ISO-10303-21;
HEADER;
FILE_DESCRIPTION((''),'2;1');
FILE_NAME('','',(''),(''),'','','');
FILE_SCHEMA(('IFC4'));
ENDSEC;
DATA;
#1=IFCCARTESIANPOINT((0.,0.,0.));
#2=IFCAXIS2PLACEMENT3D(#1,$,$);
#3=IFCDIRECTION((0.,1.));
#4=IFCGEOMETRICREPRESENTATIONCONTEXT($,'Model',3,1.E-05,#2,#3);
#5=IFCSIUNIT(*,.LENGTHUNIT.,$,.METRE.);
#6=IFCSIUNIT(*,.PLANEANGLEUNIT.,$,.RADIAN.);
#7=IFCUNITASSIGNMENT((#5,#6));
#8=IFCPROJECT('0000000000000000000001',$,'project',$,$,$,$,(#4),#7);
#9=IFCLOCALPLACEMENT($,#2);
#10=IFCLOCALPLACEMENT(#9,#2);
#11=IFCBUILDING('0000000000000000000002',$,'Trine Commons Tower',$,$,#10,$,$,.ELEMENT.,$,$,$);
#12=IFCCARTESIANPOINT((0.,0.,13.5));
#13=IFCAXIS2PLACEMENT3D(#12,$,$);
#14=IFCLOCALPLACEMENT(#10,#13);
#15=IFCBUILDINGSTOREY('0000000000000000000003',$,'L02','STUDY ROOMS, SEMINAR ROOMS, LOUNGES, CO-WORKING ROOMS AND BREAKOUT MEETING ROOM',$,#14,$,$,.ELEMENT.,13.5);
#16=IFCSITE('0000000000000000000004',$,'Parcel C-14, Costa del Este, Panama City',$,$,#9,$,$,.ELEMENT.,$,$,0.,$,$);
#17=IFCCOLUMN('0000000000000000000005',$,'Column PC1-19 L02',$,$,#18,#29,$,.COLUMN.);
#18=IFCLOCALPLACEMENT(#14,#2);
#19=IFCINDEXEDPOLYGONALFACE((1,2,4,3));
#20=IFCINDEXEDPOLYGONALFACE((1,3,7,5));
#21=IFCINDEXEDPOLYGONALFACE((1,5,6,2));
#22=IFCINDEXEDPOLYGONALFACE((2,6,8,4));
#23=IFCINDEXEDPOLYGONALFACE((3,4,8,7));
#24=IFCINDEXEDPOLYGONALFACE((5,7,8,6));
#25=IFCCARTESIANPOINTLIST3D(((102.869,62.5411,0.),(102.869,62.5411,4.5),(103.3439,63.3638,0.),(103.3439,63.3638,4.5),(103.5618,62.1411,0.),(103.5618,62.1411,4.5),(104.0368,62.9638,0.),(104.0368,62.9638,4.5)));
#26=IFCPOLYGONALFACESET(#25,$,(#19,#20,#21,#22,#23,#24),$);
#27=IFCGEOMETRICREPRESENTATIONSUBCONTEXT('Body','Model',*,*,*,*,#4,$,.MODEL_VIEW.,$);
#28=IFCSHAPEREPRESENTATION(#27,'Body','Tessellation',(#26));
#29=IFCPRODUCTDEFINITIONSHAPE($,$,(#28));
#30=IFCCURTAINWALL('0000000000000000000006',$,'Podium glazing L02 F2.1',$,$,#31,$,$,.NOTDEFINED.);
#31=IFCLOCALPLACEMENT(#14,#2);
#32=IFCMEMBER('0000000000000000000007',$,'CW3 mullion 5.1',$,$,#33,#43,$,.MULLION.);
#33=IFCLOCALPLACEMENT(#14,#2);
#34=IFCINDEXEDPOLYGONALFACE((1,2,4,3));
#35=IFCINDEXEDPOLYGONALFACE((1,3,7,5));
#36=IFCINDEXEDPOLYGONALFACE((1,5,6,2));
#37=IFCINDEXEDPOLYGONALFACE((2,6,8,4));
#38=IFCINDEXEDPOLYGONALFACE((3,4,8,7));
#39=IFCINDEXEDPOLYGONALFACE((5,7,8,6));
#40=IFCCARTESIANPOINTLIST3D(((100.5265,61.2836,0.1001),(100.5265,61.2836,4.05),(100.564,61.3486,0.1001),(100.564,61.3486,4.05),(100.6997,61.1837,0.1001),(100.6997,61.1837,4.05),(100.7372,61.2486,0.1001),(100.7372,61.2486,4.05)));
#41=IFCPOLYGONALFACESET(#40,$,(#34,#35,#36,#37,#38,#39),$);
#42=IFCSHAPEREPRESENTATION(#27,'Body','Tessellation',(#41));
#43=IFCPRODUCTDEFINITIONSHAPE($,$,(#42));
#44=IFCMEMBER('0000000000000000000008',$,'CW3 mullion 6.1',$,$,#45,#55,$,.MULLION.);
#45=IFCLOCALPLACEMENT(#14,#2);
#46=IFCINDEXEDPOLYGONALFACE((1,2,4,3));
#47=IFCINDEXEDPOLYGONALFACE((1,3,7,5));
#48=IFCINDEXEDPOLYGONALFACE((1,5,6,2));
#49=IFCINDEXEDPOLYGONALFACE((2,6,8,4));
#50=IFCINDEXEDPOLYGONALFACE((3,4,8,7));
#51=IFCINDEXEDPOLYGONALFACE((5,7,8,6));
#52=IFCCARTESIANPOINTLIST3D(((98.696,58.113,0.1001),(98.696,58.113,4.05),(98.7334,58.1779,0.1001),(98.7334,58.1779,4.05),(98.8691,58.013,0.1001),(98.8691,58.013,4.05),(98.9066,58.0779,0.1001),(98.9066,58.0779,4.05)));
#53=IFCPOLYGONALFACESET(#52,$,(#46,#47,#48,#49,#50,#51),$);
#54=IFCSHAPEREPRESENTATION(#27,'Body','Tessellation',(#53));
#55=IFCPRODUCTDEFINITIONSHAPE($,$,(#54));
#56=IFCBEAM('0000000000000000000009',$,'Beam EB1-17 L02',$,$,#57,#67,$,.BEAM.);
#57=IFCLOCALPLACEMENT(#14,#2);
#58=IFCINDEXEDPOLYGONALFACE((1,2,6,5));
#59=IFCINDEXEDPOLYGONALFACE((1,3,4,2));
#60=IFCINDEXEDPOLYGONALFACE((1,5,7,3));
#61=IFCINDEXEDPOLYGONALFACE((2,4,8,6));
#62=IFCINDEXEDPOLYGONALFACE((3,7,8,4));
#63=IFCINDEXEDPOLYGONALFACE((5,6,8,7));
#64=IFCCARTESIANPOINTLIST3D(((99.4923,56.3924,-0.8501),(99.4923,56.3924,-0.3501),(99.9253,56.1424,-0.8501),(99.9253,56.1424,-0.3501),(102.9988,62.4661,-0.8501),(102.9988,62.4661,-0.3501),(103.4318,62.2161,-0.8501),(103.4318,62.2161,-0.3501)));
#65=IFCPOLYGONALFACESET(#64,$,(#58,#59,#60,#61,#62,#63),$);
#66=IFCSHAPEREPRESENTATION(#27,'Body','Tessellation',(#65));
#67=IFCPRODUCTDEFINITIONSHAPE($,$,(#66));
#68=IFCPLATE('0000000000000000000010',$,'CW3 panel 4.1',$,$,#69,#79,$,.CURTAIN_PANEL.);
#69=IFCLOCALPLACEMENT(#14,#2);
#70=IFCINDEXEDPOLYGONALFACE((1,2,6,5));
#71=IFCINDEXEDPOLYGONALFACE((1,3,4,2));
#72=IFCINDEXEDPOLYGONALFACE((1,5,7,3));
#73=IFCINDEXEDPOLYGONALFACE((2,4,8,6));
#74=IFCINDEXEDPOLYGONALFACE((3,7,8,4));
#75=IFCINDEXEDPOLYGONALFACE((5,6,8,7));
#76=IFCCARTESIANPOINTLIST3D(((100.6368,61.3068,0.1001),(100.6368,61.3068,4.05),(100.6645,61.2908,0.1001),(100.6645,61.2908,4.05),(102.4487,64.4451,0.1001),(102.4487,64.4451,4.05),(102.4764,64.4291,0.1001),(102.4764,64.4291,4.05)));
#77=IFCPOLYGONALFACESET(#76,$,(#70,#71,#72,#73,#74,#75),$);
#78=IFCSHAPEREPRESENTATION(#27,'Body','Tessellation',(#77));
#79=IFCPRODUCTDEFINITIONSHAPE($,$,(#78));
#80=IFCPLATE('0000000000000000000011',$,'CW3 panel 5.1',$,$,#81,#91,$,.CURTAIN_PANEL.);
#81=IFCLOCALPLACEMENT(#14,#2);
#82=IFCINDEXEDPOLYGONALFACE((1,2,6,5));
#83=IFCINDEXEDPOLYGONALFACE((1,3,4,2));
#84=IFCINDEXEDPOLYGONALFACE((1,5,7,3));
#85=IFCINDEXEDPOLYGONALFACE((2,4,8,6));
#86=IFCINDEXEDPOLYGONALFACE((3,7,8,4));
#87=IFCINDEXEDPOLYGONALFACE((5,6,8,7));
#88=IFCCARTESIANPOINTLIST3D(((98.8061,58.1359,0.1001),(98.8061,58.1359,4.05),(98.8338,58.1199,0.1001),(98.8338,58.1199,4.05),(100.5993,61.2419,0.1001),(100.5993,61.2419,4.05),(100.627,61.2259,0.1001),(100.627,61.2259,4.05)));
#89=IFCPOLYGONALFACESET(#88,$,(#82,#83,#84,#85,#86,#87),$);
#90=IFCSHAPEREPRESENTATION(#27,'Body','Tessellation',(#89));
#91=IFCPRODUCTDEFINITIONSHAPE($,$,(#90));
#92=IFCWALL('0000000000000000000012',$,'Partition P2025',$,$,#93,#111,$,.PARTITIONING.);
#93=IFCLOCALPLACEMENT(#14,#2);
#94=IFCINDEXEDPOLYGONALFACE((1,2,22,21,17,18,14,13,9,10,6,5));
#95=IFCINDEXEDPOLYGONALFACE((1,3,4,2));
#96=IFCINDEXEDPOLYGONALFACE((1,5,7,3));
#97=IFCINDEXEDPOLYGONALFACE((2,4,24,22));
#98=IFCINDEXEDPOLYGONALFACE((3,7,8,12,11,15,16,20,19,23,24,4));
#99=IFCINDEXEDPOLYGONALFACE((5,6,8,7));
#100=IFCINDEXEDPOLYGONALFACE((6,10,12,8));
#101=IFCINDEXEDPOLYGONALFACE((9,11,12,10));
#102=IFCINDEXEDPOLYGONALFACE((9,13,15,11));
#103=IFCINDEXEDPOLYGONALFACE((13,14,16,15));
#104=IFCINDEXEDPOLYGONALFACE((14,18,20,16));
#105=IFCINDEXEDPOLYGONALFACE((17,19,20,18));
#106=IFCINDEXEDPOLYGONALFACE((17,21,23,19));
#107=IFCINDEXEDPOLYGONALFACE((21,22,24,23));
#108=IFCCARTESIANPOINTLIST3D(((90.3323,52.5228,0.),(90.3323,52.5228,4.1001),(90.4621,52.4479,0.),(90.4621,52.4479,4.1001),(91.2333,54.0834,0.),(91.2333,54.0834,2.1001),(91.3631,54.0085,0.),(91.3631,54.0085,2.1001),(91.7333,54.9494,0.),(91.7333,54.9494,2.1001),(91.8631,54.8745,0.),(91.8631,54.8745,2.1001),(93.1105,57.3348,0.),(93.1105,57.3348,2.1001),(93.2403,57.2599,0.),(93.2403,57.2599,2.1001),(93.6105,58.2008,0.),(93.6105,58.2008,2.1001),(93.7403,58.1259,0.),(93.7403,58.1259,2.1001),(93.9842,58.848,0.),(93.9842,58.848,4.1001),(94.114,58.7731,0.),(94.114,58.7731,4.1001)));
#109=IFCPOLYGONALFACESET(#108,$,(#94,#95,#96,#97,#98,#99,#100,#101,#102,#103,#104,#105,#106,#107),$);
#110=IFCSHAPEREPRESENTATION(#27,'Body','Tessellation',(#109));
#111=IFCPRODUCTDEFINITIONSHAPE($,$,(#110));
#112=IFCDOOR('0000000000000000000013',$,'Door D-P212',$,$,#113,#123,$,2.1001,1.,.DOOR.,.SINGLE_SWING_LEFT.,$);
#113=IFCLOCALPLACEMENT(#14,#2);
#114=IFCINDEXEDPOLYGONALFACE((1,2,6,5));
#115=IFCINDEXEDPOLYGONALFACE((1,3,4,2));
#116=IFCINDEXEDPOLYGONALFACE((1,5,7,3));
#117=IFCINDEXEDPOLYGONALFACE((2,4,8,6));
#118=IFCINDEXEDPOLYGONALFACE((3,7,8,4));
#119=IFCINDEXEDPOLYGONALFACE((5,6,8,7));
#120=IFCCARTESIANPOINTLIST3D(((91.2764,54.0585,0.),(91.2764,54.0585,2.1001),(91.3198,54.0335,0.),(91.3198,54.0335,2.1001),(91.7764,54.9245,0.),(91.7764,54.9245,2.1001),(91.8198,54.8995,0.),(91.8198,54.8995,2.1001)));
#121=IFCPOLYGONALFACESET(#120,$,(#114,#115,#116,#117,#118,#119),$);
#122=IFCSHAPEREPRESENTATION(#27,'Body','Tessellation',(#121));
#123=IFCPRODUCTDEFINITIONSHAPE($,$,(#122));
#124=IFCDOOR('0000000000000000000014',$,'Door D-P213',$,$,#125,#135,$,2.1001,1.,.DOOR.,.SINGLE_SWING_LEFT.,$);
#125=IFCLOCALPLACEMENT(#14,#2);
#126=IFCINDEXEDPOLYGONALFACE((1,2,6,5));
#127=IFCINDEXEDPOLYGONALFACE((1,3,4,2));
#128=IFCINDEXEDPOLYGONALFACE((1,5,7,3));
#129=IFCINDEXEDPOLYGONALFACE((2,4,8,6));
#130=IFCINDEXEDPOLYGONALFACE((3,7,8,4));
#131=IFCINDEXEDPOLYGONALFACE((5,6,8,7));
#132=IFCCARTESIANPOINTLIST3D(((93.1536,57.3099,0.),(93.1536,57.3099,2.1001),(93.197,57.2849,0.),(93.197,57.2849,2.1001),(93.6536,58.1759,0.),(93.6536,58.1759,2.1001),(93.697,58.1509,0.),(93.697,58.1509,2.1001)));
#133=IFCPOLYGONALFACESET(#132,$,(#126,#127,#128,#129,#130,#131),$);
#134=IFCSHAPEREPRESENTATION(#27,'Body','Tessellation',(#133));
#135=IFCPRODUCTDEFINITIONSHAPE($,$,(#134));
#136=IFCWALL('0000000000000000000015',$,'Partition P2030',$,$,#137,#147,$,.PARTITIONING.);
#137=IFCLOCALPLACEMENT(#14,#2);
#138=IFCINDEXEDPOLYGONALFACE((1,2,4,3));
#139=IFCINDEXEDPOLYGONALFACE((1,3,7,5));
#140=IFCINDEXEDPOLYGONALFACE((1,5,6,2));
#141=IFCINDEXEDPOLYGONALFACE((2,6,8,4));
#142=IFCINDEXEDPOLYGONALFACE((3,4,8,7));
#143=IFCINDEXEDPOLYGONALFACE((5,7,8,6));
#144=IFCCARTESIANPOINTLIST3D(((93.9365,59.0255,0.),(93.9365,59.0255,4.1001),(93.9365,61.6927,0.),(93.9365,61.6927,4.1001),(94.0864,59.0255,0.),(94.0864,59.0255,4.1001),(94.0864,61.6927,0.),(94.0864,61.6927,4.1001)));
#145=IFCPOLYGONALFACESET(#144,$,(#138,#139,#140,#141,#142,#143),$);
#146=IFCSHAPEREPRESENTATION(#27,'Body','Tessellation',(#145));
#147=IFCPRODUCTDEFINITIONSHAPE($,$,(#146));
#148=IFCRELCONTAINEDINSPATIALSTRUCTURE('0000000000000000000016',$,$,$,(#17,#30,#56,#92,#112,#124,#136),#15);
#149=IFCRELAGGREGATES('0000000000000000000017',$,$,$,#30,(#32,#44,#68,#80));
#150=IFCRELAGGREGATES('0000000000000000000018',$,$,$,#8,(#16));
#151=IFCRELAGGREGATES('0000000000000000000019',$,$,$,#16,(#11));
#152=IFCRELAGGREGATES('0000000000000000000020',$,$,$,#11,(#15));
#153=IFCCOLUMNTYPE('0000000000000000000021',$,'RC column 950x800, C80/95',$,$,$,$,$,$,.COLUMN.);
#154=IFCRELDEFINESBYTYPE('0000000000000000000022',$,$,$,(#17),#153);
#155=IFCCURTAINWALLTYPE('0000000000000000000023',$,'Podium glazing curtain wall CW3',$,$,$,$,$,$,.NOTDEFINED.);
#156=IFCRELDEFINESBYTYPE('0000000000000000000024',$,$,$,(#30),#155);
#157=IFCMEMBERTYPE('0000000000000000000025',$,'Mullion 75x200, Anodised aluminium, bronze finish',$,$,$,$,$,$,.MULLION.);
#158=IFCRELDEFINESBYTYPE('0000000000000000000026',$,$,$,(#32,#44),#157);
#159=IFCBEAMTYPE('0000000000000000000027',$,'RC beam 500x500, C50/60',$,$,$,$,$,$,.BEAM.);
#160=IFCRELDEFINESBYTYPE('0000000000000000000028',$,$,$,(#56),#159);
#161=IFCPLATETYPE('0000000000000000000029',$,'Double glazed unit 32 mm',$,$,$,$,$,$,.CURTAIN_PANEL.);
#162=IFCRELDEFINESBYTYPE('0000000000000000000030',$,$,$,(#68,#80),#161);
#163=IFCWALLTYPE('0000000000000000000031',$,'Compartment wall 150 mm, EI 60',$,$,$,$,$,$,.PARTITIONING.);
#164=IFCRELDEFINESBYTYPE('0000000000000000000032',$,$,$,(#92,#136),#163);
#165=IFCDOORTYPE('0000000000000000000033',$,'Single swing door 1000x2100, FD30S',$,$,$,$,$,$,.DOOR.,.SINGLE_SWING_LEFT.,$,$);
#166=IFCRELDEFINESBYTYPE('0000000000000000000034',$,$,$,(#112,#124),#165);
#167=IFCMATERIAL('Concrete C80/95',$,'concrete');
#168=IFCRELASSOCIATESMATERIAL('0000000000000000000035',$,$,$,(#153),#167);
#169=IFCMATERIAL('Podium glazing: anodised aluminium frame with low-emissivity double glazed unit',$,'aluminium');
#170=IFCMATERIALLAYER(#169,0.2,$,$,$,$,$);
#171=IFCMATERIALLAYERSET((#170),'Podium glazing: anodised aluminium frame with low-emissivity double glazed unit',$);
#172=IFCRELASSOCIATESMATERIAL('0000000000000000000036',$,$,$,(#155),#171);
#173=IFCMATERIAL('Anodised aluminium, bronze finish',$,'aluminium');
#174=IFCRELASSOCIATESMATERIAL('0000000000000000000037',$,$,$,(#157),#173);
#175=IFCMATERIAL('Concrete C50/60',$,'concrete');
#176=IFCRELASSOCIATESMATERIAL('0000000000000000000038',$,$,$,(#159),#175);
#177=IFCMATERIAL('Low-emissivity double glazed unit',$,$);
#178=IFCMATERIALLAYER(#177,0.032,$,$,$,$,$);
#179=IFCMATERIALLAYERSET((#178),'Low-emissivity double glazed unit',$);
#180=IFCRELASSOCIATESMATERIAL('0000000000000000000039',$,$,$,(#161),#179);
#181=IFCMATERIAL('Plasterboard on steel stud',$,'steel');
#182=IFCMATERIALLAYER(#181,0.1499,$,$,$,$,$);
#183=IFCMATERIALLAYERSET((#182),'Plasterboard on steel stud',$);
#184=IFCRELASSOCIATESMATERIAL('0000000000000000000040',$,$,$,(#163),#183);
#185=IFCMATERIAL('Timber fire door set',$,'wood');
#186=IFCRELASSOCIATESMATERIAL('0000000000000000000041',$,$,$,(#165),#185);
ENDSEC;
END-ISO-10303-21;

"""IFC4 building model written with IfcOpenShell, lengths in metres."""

from ifc_helpers import new_model, si_unit, direction, frame, frame_2d, origin, origin_2d, place, context, subcontext, project, spatial, rectangle, extrude, material, layer, layer_set, material_profile, profile_set, type_object, element, fill, aggregate, save


model = new_model("IFC4")

# Units and contexts
model_context = context("Model", 3, precision=1e-05, world=origin(), true_north=direction((0.0, 1.0)))
body_context = subcontext(model_context, "Body", "Model", "MODEL_VIEW")
ifc_project = project(units=[si_unit("LENGTHUNIT", "METRE"), si_unit("PLANEANGLEUNIT", "RADIAN")], contexts=[model_context])

# Site, building, storey
site_placement = place(None, origin())
site = spatial("IfcSite", under=ifc_project, at=site_placement, Name="Parcel C-14, Costa del Este, Panama City", CompositionType="ELEMENT", RefElevation=0.0)
building_placement = place(site_placement, origin())
building = spatial("IfcBuilding", under=site, at=building_placement, Name="Trine Commons Tower", CompositionType="ELEMENT")
storey_placement = place(building_placement, frame((0.0, 0.0, 13.5)))
storey = spatial("IfcBuildingStorey", under=building, at=storey_placement, Name="L02", Description="STUDY ROOMS, SEMINAR ROOMS, LOUNGES, CO-WORKING ROOMS AND BREAKOUT MEETING ROOM", CompositionType="ELEMENT", Elevation=13.5)

# Column
ifc_material_1 = material(Name="Concrete C80/95", Category="concrete")
ifc_material_profile_1 = material_profile(ifc_material_1, rectangle(XDim=0.95, YDim=0.8, at=origin_2d()), Name="RC 950x800")
ifc_profile_set_1 = profile_set([ifc_material_profile_1], Name="Concrete C80/95")
column_type = type_object("IfcColumnType", Name="RC column 950x800, C80/95", PredefinedType="COLUMN", material=ifc_profile_set_1)
column_placement = place(storey_placement, frame((103.4529, 62.7524, 0.0), z_axis=(0.0, 0.0, 1.0), x_axis=(0.5, 0.866025, 0.0)))
element("IfcColumn", 1, at=column_placement, inside=storey, type_object=column_type, Name="Column PC1-19 L02", PredefinedType="COLUMN", context=body_context, shape_type="SweptSolid", body=[
    extrude(rectangle(XDim=0.95, YDim=0.8, at=origin_2d()), origin(), (0.0, 0.0, 1.0), 4.5),
])

# Curtain wall, members
ifc_material_2 = material(Name="Podium glazing: anodised aluminium frame with low-emissivity double glazed unit", Category="aluminium")
ifc_layer_1 = layer(ifc_material_2, 0.2)
ifc_layer_set_1 = layer_set([ifc_layer_1], Name="Podium glazing: anodised aluminium frame with low-emissivity double glazed unit")
curtain_wall_type = type_object("IfcCurtainWallType", Name="Podium glazing curtain wall CW3", PredefinedType="NOTDEFINED", material=ifc_layer_set_1)
curtain_wall_placement = place(storey_placement, origin())
curtain_wall = element("IfcCurtainWall", 2, at=curtain_wall_placement, inside=storey, type_object=curtain_wall_type, Name="Podium glazing L02 F2.1", PredefinedType="NOTDEFINED")
ifc_material_3 = material(Name="Anodised aluminium, bronze finish", Category="aluminium")
ifc_material_profile_2 = material_profile(ifc_material_3, rectangle(XDim=0.2, YDim=0.075, at=origin_2d()), Name="Mullion 75x200")
ifc_profile_set_2 = profile_set([ifc_material_profile_2], Name="Anodised aluminium, bronze finish")
member_type = type_object("IfcMemberType", Name="Mullion 75x200, Anodised aluminium, bronze finish", PredefinedType="MULLION", material=ifc_profile_set_2)
member_1_placement = place(storey_placement, frame((100.6318, 61.2661, 0.1001), z_axis=(0.0, 0.0, 1.0), x_axis=(0.866025, -0.5, 0.0)))
member_1 = element("IfcMember", 3, at=member_1_placement, type_object=member_type, Name="CW3 mullion 5.1", PredefinedType="MULLION", context=body_context, shape_type="SweptSolid", body=[
    extrude(rectangle(XDim=0.2, YDim=0.075, at=origin_2d()), origin(), (0.0, 0.0, 1.0), 3.95),
])
member_2_placement = place(storey_placement, frame((98.8013, 58.0955, 0.1001), z_axis=(0.0, 0.0, 1.0), x_axis=(0.866025, -0.5, 0.0)))
member_2 = element("IfcMember", 4, at=member_2_placement, type_object=member_type, Name="CW3 mullion 6.1", PredefinedType="MULLION", context=body_context, shape_type="SweptSolid", body=[
    extrude(rectangle(XDim=0.2, YDim=0.075, at=origin_2d()), origin(), (0.0, 0.0, 1.0), 3.95),
])

# Beam
ifc_material_4 = material(Name="Concrete C50/60", Category="concrete")
ifc_material_profile_3 = material_profile(ifc_material_4, rectangle(XDim=0.5, YDim=0.5, at=origin_2d()), Name="RC 500x500")
ifc_profile_set_3 = profile_set([ifc_material_profile_3], Name="Concrete C50/60")
beam_type = type_object("IfcBeamType", Name="RC beam 500x500, C50/60", PredefinedType="BEAM", material=ifc_profile_set_3)
beam_placement = place(storey_placement, frame((103.2153, 62.3411, -0.6001), z_axis=(-0.499992, -0.86603, 0.0), x_axis=(0.86603, -0.499992, 0.0)))
element("IfcBeam", 5, at=beam_placement, inside=storey, type_object=beam_type, Name="Beam EB1-17 L02", PredefinedType="BEAM", context=body_context, shape_type="SweptSolid", body=[
    extrude(rectangle(XDim=0.5, YDim=0.5, at=origin_2d()), origin(), (0.0, 0.0, 1.0), 7.0132),
])

# Plates
ifc_material_5 = material(Name="Low-emissivity double glazed unit")
ifc_layer_2 = layer(ifc_material_5, 0.032)
ifc_layer_set_2 = layer_set([ifc_layer_2], Name="Low-emissivity double glazed unit")
plate_type = type_object("IfcPlateType", Name="Double glazed unit 32 mm", PredefinedType="CURTAIN_PANEL", material=ifc_layer_set_2)
plate_1_placement = place(storey_placement, frame((101.5566, 62.8679, 0.1001), z_axis=(0.0, 0.0, 1.0), x_axis=(-0.5, -0.866025, 0.0)))
plate_1 = element("IfcPlate", 6, at=plate_1_placement, type_object=plate_type, Name="CW3 panel 4.1", PredefinedType="CURTAIN_PANEL", context=body_context, shape_type="SweptSolid", body=[
    extrude(rectangle(XDim=3.6238, YDim=0.032, at=origin_2d()), origin(), (0.0, 0.0, 1.0), 3.95),
])
plate_2_placement = place(storey_placement, frame((99.7166, 59.6809, 0.1001), z_axis=(0.0, 0.0, 1.0), x_axis=(-0.5, -0.866025, 0.0)))
plate_2 = element("IfcPlate", 7, at=plate_2_placement, type_object=plate_type, Name="CW3 panel 5.1", PredefinedType="CURTAIN_PANEL", context=body_context, shape_type="SweptSolid", body=[
    extrude(rectangle(XDim=3.5864, YDim=0.032, at=origin_2d()), origin(), (0.0, 0.0, 1.0), 3.95),
])
aggregate(curtain_wall, [member_1, member_2, plate_1, plate_2])

# Wall, openings, doors
ifc_material_6 = material(Name="Plasterboard on steel stud", Category="steel")
ifc_layer_3 = layer(ifc_material_6, 0.1499)
ifc_layer_set_3 = layer_set([ifc_layer_3], Name="Plasterboard on steel stud")
wall_type_1 = type_object("IfcWallType", Name="Compartment wall 150 mm, EI 60", PredefinedType="PARTITIONING", material=ifc_layer_set_3)
wall_1_placement = place(storey_placement, frame((94.0491, 58.8105, 0.0), z_axis=(0.0, 0.0, 1.0), x_axis=(-0.5, -0.866025, 0.0)))
wall_1 = element("IfcWall", 8, at=wall_1_placement, inside=storey, type_object=wall_type_1, Name="Partition P2025", PredefinedType="PARTITIONING", context=body_context, shape_type="SweptSolid", body=[
    extrude(rectangle(XDim=7.3037, YDim=0.1499, at=frame_2d((3.6519, 0.0))), origin(), (0.0, 0.0, 1.0), 4.1001),
])
opening_1_placement = place(wall_1_placement, frame((4.5017, 0.0, 0.0)))
opening_1 = element("IfcOpeningElement", 9, at=opening_1_placement, cuts=wall_1, PredefinedType="OPENING", context=body_context, shape_type="SweptSolid", body=[
    extrude(rectangle(XDim=1.0, YDim=2.1001, at=frame_2d((0.5, 1.05))), frame((0.0, 0.085, 0.0), z_axis=(0.0, -1.0, 0.0), x_axis=(1.0, 0.0, 0.0)), (0.0, 0.0, 1.0), 0.1699),
])
opening_2_placement = place(wall_1_placement, frame((0.7473, 0.0, 0.0)))
opening_2 = element("IfcOpeningElement", 10, at=opening_2_placement, cuts=wall_1, PredefinedType="OPENING", context=body_context, shape_type="SweptSolid", body=[
    extrude(rectangle(XDim=1.0, YDim=2.1001, at=frame_2d((0.5, 1.05))), frame((0.0, 0.085, 0.0), z_axis=(0.0, -1.0, 0.0), x_axis=(1.0, 0.0, 0.0)), (0.0, 0.0, 1.0), 0.1699),
])
ifc_material_7 = material(Name="Timber fire door set", Category="wood")
door_type_1 = type_object("IfcDoorType", Name="Single swing door 1000x2100, FD30S", OperationType="SINGLE_SWING_LEFT", PredefinedType="DOOR", material=ifc_material_7)
door_1_placement = place(opening_1_placement, origin())
door_1 = element("IfcDoor", 11, at=door_1_placement, inside=storey, type_object=door_type_1, Name="Door D-P212", OperationType="SINGLE_SWING_LEFT", OverallHeight=2.1001, OverallWidth=1.0, PredefinedType="DOOR", context=body_context, shape_type="SweptSolid", body=[
    extrude(rectangle(XDim=1.0, YDim=2.1001, at=frame_2d((0.5, 1.05))), frame((0.0, 0.0249, 0.0), z_axis=(0.0, -1.0, 0.0), x_axis=(1.0, 0.0, 0.0)), (0.0, 0.0, 1.0), 0.05),
])
fill(opening_1, door_1)
door_2_placement = place(opening_2_placement, origin())
door_2 = element("IfcDoor", 12, at=door_2_placement, inside=storey, type_object=door_type_1, Name="Door D-P213", OperationType="SINGLE_SWING_LEFT", OverallHeight=2.1001, OverallWidth=1.0, PredefinedType="DOOR", context=body_context, shape_type="SweptSolid", body=[
    extrude(rectangle(XDim=1.0, YDim=2.1001, at=frame_2d((0.5, 1.05))), frame((0.0, 0.0249, 0.0), z_axis=(0.0, -1.0, 0.0), x_axis=(1.0, 0.0, 0.0)), (0.0, 0.0, 1.0), 0.05),
])
fill(opening_2, door_2)

# Wall
wall_2_placement = place(storey_placement, frame((94.0115, 59.0256, 0.0), z_axis=(0.0, 0.0, 1.0), x_axis=(0.0, 1.0, 0.0)))
element("IfcWall", 13, at=wall_2_placement, inside=storey, type_object=wall_type_1, Name="Partition P2030", PredefinedType="PARTITIONING", context=body_context, shape_type="SweptSolid", body=[
    extrude(rectangle(XDim=2.6672, YDim=0.1499, at=frame_2d((1.3335, 0.0))), origin(), (0.0, 0.0, 1.0), 4.1001),
])

save(model, "model.ifc")
